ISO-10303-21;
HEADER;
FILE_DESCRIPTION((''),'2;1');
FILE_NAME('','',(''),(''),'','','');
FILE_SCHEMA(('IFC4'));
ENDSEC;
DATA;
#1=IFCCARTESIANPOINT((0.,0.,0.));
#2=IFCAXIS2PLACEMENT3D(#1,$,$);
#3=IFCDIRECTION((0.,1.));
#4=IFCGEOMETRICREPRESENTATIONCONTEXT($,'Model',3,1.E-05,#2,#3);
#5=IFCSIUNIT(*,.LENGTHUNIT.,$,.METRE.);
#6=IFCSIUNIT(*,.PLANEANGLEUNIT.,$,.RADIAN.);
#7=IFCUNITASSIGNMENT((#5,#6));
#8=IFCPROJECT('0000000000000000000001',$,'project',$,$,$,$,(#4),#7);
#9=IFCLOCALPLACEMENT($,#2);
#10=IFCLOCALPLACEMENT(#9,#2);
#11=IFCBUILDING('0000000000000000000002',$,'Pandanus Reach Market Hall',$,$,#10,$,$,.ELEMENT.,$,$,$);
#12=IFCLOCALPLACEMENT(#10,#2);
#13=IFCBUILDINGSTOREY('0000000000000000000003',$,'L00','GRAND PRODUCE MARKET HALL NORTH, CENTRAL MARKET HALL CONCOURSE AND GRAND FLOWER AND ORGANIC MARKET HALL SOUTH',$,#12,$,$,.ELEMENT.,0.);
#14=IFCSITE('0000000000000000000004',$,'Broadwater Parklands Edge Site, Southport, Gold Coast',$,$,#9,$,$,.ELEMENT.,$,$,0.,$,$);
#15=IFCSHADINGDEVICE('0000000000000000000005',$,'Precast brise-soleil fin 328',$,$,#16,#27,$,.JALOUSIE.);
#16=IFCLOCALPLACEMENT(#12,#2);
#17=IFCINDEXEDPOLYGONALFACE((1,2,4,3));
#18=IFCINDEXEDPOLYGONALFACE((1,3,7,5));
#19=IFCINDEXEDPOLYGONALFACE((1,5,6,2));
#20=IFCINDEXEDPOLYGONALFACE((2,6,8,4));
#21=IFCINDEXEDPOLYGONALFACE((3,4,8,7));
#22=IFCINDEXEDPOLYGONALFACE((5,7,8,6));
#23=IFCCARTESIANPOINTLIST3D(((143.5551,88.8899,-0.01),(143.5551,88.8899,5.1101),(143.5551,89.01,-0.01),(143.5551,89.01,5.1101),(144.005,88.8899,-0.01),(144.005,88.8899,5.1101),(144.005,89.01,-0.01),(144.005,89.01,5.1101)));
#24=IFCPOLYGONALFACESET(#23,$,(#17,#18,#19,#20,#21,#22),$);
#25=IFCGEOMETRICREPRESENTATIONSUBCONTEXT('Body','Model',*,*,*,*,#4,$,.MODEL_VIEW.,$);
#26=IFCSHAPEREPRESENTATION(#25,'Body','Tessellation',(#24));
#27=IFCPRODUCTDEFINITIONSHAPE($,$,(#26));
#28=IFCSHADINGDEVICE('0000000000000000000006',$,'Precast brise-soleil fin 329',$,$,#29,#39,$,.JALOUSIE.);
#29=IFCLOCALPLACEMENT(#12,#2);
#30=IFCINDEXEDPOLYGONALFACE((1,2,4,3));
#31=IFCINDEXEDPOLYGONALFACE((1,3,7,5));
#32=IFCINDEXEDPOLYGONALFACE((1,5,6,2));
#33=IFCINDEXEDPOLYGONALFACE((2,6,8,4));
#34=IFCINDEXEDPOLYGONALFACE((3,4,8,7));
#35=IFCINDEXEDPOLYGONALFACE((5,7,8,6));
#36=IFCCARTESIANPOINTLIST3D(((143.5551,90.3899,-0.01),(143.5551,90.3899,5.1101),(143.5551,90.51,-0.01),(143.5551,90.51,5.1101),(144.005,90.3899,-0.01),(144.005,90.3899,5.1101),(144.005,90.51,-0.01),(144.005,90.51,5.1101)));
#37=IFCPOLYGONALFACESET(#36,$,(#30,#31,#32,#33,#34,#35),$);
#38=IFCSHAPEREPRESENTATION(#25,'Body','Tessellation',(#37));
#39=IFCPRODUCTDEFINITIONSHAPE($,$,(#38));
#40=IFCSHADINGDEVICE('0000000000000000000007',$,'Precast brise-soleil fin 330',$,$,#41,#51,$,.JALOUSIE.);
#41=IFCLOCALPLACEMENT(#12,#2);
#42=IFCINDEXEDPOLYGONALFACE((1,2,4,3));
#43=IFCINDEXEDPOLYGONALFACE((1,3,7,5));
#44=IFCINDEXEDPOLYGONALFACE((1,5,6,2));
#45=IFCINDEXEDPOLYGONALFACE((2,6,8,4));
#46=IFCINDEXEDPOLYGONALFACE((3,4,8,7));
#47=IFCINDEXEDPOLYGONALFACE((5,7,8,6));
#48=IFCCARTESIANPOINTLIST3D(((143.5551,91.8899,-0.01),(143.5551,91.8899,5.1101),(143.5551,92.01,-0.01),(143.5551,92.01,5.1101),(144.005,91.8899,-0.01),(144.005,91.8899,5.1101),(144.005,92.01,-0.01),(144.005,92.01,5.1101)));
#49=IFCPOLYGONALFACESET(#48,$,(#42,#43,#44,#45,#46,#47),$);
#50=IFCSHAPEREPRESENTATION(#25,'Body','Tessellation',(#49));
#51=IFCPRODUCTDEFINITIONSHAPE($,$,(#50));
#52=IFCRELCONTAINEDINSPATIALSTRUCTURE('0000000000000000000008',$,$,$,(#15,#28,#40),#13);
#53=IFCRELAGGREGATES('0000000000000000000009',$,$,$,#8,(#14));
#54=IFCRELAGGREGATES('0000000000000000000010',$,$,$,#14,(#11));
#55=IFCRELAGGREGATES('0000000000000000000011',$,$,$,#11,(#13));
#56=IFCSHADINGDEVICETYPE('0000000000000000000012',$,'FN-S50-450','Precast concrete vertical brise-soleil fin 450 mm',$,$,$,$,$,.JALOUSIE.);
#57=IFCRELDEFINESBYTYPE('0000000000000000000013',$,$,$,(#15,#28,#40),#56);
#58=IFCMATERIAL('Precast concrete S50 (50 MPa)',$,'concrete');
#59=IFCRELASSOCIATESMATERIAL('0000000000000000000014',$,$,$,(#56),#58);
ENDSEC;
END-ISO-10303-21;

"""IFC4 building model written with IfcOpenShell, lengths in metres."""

from ifc_helpers import new_model, si_unit, direction, frame, origin, origin_2d, place, context, subcontext, project, spatial, rectangle, extrude, material, type_object, element, save


model = new_model("IFC4")

# Units and contexts
model_context = context("Model", 3, precision=1e-05, world=origin(), true_north=direction((0.0, 1.0)))
body_context = subcontext(model_context, "Body", "Model", "MODEL_VIEW")
ifc_project = project(units=[si_unit("LENGTHUNIT", "METRE"), si_unit("PLANEANGLEUNIT", "RADIAN")], contexts=[model_context])

# Site, building, storey
site_placement = place(None, origin())
site = spatial("IfcSite", under=ifc_project, at=site_placement, Name="Broadwater Parklands Edge Site, Southport, Gold Coast", CompositionType="ELEMENT", RefElevation=0.0)
building_placement = place(site_placement, origin())
building = spatial("IfcBuilding", under=site, at=building_placement, Name="Pandanus Reach Market Hall", CompositionType="ELEMENT")
storey_placement = place(building_placement, origin())
storey = spatial("IfcBuildingStorey", under=building, at=storey_placement, Name="L00", Description="GRAND PRODUCE MARKET HALL NORTH, CENTRAL MARKET HALL CONCOURSE AND GRAND FLOWER AND ORGANIC MARKET HALL SOUTH", CompositionType="ELEMENT", Elevation=0.0)

# Shared definitions
ifc_material_1 = material(Name="Precast concrete S50 (50 MPa)", Category="concrete")

# Shading devices
shading_device_type = type_object("IfcShadingDeviceType", Name="FN-S50-450", Description="Precast concrete vertical brise-soleil fin 450 mm", PredefinedType="JALOUSIE", material=ifc_material_1)
for number, where, z_axis, x_axis, name in (
    (1, (143.78, 88.95, -0.01), (0.0, 0.0, 1.0), (-1.0, 0.0, 0.0), "Precast brise-soleil fin 328"),
    (2, (143.78, 90.45, -0.01), (0.0, 0.0, 1.0), (-1.0, 0.0, 0.0), "Precast brise-soleil fin 329"),
    (3, (143.78, 91.95, -0.01), (0.0, 0.0, 1.0), (-1.0, 0.0, 0.0), "Precast brise-soleil fin 330"),
):
    element("IfcShadingDevice", number, at=place(storey_placement, frame(where, z_axis=z_axis, x_axis=x_axis)), inside=storey, type_object=shading_device_type, Name=name, PredefinedType="JALOUSIE", context=body_context, shape_type="SweptSolid", body=[
        extrude(rectangle(XDim=0.45, YDim=0.1201, at=origin_2d()), origin(), (0.0, 0.0, 1.0), 5.1201),
    ])

save(model, "model.ifc")
